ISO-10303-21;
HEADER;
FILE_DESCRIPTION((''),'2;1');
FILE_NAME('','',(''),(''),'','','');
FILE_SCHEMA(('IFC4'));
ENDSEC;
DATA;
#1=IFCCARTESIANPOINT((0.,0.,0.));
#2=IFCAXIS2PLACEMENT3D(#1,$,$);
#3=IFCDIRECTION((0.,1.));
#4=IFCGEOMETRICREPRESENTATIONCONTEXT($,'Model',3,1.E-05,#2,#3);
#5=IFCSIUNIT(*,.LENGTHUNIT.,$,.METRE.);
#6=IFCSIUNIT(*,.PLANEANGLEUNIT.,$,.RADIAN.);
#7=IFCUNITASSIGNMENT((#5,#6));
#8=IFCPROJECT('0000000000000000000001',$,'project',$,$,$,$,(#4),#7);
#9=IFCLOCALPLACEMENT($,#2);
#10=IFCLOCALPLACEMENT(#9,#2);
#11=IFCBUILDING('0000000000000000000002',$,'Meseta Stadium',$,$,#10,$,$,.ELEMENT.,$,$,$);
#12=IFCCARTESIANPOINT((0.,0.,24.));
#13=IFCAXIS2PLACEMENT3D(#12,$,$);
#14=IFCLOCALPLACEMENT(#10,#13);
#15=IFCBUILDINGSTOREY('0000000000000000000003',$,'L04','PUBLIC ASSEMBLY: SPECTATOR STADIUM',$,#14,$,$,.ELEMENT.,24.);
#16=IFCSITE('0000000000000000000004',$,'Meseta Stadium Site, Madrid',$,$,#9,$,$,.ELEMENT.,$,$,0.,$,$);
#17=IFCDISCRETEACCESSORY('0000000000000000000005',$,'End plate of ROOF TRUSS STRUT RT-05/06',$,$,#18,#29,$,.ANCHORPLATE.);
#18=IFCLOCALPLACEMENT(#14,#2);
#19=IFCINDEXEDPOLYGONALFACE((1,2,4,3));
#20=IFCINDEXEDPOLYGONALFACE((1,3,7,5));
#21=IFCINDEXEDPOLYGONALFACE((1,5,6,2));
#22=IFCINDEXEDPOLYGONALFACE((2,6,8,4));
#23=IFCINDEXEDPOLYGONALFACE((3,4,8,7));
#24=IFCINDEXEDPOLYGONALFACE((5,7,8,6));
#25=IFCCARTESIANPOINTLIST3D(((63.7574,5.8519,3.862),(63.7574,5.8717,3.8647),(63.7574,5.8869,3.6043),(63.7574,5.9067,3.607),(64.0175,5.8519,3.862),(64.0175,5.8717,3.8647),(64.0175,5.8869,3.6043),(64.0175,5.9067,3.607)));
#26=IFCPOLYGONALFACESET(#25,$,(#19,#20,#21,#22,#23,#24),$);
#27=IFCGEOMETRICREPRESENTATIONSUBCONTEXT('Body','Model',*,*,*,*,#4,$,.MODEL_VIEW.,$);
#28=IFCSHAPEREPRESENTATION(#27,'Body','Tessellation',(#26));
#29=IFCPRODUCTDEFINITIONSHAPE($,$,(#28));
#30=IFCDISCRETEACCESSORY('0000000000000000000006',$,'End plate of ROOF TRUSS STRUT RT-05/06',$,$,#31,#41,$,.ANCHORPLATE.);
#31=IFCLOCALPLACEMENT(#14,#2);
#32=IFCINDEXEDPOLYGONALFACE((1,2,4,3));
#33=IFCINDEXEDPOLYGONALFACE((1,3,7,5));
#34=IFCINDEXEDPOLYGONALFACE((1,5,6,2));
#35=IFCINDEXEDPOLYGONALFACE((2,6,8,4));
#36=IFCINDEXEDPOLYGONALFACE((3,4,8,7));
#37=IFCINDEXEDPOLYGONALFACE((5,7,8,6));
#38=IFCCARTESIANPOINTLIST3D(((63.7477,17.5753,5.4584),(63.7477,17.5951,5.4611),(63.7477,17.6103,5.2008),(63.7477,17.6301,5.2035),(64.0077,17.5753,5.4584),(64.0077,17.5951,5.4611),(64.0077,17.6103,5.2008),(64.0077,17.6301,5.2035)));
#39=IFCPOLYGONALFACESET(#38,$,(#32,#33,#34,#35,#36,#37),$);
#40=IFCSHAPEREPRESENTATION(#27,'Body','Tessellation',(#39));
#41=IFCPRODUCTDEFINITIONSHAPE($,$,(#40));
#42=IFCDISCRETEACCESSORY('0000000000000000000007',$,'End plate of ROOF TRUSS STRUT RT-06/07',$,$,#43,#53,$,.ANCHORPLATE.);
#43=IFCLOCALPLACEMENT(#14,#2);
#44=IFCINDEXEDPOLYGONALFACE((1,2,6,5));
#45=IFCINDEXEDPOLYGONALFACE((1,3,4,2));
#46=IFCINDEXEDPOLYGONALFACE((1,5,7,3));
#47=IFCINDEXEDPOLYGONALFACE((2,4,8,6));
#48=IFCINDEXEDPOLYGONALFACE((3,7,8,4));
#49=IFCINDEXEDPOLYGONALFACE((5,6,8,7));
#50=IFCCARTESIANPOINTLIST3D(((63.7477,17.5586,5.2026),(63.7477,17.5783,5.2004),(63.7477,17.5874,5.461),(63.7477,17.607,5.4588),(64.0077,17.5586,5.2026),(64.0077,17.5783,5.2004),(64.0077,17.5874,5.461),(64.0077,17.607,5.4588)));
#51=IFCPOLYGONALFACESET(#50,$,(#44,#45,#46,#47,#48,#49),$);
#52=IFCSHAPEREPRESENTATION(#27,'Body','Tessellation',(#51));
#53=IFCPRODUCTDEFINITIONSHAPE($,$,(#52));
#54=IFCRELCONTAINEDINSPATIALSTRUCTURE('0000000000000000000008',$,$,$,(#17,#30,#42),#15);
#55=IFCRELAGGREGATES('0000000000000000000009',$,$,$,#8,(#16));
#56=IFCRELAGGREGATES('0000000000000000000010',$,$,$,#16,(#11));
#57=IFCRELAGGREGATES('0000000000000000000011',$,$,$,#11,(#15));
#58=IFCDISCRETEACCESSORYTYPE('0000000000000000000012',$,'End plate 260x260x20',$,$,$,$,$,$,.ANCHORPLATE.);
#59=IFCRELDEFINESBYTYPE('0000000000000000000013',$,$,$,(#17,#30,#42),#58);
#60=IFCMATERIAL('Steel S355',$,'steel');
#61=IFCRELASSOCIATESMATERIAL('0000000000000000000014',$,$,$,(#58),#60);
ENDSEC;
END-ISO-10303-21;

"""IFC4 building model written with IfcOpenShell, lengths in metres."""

from ifc_helpers import new_model, si_unit, direction, frame, origin, origin_2d, place, context, subcontext, project, spatial, rectangle, extrude, material, material_profile, profile_set, type_object, element, save


model = new_model("IFC4")

# Units and contexts
model_context = context("Model", 3, precision=1e-05, world=origin(), true_north=direction((0.0, 1.0)))
body_context = subcontext(model_context, "Body", "Model", "MODEL_VIEW")
ifc_project = project(units=[si_unit("LENGTHUNIT", "METRE"), si_unit("PLANEANGLEUNIT", "RADIAN")], contexts=[model_context])

# Site, building, storey
site_placement = place(None, origin())
site = spatial("IfcSite", under=ifc_project, at=site_placement, Name="Meseta Stadium Site, Madrid", CompositionType="ELEMENT", RefElevation=0.0)
building_placement = place(site_placement, origin())
building = spatial("IfcBuilding", under=site, at=building_placement, Name="Meseta Stadium", CompositionType="ELEMENT")
storey_placement = place(building_placement, frame((0.0, 0.0, 24.0)))
storey = spatial("IfcBuildingStorey", under=building, at=storey_placement, Name="L04", Description="PUBLIC ASSEMBLY: SPECTATOR STADIUM", CompositionType="ELEMENT", Elevation=24.0)

# Discrete accessories
ifc_material_1 = material(Name="Steel S355", Category="steel")
ifc_material_profile_1 = material_profile(ifc_material_1, rectangle(XDim=0.26, YDim=0.26, at=origin_2d()), Name="PL 260x260")
ifc_profile_set_1 = profile_set([ifc_material_profile_1], Name="Steel S355")
discrete_accessory_type_1 = type_object("IfcDiscreteAccessoryType", Name="End plate 260x260x20", PredefinedType="ANCHORPLATE", material=ifc_profile_set_1)
for number, where, z_axis, x_axis, name in (
    (1, (63.8875, 5.8694, 3.7332), (0.0, 0.990904, 0.134567), (-1.0, 0.0, 0.0), "End plate of ROOF TRUSS STRUT RT-05/06"),
    (2, (63.8777, 17.5928, 5.3296), (0.0, 0.990904, 0.134567), (-1.0, 0.0, 0.0), "End plate of ROOF TRUSS STRUT RT-05/06"),
):
    element("IfcDiscreteAccessory", number, at=place(storey_placement, frame(where, z_axis=z_axis, x_axis=x_axis)), inside=storey, type_object=discrete_accessory_type_1, Name=name, PredefinedType="ANCHORPLATE", context=body_context, shape_type="SweptSolid", body=[
        extrude(rectangle(XDim=0.26, YDim=0.26, at=origin_2d()), origin(), (0.0, 0.0, 1.0), 0.02),
    ])
discrete_accessory_1_placement = place(storey_placement, frame((63.8777, 17.573, 5.3318), z_axis=(0.0, 0.993884, -0.110432), x_axis=(-1.0, 0.0, 0.0)))
element("IfcDiscreteAccessory", 3, at=discrete_accessory_1_placement, inside=storey, type_object=discrete_accessory_type_1, Name="End plate of ROOF TRUSS STRUT RT-06/07", PredefinedType="ANCHORPLATE", context=body_context, shape_type="SweptSolid", body=[
    extrude(rectangle(XDim=0.26, YDim=0.26, at=origin_2d()), origin(), (0.0, 0.0, 1.0), 0.0198),
])

save(model, "model.ifc")
